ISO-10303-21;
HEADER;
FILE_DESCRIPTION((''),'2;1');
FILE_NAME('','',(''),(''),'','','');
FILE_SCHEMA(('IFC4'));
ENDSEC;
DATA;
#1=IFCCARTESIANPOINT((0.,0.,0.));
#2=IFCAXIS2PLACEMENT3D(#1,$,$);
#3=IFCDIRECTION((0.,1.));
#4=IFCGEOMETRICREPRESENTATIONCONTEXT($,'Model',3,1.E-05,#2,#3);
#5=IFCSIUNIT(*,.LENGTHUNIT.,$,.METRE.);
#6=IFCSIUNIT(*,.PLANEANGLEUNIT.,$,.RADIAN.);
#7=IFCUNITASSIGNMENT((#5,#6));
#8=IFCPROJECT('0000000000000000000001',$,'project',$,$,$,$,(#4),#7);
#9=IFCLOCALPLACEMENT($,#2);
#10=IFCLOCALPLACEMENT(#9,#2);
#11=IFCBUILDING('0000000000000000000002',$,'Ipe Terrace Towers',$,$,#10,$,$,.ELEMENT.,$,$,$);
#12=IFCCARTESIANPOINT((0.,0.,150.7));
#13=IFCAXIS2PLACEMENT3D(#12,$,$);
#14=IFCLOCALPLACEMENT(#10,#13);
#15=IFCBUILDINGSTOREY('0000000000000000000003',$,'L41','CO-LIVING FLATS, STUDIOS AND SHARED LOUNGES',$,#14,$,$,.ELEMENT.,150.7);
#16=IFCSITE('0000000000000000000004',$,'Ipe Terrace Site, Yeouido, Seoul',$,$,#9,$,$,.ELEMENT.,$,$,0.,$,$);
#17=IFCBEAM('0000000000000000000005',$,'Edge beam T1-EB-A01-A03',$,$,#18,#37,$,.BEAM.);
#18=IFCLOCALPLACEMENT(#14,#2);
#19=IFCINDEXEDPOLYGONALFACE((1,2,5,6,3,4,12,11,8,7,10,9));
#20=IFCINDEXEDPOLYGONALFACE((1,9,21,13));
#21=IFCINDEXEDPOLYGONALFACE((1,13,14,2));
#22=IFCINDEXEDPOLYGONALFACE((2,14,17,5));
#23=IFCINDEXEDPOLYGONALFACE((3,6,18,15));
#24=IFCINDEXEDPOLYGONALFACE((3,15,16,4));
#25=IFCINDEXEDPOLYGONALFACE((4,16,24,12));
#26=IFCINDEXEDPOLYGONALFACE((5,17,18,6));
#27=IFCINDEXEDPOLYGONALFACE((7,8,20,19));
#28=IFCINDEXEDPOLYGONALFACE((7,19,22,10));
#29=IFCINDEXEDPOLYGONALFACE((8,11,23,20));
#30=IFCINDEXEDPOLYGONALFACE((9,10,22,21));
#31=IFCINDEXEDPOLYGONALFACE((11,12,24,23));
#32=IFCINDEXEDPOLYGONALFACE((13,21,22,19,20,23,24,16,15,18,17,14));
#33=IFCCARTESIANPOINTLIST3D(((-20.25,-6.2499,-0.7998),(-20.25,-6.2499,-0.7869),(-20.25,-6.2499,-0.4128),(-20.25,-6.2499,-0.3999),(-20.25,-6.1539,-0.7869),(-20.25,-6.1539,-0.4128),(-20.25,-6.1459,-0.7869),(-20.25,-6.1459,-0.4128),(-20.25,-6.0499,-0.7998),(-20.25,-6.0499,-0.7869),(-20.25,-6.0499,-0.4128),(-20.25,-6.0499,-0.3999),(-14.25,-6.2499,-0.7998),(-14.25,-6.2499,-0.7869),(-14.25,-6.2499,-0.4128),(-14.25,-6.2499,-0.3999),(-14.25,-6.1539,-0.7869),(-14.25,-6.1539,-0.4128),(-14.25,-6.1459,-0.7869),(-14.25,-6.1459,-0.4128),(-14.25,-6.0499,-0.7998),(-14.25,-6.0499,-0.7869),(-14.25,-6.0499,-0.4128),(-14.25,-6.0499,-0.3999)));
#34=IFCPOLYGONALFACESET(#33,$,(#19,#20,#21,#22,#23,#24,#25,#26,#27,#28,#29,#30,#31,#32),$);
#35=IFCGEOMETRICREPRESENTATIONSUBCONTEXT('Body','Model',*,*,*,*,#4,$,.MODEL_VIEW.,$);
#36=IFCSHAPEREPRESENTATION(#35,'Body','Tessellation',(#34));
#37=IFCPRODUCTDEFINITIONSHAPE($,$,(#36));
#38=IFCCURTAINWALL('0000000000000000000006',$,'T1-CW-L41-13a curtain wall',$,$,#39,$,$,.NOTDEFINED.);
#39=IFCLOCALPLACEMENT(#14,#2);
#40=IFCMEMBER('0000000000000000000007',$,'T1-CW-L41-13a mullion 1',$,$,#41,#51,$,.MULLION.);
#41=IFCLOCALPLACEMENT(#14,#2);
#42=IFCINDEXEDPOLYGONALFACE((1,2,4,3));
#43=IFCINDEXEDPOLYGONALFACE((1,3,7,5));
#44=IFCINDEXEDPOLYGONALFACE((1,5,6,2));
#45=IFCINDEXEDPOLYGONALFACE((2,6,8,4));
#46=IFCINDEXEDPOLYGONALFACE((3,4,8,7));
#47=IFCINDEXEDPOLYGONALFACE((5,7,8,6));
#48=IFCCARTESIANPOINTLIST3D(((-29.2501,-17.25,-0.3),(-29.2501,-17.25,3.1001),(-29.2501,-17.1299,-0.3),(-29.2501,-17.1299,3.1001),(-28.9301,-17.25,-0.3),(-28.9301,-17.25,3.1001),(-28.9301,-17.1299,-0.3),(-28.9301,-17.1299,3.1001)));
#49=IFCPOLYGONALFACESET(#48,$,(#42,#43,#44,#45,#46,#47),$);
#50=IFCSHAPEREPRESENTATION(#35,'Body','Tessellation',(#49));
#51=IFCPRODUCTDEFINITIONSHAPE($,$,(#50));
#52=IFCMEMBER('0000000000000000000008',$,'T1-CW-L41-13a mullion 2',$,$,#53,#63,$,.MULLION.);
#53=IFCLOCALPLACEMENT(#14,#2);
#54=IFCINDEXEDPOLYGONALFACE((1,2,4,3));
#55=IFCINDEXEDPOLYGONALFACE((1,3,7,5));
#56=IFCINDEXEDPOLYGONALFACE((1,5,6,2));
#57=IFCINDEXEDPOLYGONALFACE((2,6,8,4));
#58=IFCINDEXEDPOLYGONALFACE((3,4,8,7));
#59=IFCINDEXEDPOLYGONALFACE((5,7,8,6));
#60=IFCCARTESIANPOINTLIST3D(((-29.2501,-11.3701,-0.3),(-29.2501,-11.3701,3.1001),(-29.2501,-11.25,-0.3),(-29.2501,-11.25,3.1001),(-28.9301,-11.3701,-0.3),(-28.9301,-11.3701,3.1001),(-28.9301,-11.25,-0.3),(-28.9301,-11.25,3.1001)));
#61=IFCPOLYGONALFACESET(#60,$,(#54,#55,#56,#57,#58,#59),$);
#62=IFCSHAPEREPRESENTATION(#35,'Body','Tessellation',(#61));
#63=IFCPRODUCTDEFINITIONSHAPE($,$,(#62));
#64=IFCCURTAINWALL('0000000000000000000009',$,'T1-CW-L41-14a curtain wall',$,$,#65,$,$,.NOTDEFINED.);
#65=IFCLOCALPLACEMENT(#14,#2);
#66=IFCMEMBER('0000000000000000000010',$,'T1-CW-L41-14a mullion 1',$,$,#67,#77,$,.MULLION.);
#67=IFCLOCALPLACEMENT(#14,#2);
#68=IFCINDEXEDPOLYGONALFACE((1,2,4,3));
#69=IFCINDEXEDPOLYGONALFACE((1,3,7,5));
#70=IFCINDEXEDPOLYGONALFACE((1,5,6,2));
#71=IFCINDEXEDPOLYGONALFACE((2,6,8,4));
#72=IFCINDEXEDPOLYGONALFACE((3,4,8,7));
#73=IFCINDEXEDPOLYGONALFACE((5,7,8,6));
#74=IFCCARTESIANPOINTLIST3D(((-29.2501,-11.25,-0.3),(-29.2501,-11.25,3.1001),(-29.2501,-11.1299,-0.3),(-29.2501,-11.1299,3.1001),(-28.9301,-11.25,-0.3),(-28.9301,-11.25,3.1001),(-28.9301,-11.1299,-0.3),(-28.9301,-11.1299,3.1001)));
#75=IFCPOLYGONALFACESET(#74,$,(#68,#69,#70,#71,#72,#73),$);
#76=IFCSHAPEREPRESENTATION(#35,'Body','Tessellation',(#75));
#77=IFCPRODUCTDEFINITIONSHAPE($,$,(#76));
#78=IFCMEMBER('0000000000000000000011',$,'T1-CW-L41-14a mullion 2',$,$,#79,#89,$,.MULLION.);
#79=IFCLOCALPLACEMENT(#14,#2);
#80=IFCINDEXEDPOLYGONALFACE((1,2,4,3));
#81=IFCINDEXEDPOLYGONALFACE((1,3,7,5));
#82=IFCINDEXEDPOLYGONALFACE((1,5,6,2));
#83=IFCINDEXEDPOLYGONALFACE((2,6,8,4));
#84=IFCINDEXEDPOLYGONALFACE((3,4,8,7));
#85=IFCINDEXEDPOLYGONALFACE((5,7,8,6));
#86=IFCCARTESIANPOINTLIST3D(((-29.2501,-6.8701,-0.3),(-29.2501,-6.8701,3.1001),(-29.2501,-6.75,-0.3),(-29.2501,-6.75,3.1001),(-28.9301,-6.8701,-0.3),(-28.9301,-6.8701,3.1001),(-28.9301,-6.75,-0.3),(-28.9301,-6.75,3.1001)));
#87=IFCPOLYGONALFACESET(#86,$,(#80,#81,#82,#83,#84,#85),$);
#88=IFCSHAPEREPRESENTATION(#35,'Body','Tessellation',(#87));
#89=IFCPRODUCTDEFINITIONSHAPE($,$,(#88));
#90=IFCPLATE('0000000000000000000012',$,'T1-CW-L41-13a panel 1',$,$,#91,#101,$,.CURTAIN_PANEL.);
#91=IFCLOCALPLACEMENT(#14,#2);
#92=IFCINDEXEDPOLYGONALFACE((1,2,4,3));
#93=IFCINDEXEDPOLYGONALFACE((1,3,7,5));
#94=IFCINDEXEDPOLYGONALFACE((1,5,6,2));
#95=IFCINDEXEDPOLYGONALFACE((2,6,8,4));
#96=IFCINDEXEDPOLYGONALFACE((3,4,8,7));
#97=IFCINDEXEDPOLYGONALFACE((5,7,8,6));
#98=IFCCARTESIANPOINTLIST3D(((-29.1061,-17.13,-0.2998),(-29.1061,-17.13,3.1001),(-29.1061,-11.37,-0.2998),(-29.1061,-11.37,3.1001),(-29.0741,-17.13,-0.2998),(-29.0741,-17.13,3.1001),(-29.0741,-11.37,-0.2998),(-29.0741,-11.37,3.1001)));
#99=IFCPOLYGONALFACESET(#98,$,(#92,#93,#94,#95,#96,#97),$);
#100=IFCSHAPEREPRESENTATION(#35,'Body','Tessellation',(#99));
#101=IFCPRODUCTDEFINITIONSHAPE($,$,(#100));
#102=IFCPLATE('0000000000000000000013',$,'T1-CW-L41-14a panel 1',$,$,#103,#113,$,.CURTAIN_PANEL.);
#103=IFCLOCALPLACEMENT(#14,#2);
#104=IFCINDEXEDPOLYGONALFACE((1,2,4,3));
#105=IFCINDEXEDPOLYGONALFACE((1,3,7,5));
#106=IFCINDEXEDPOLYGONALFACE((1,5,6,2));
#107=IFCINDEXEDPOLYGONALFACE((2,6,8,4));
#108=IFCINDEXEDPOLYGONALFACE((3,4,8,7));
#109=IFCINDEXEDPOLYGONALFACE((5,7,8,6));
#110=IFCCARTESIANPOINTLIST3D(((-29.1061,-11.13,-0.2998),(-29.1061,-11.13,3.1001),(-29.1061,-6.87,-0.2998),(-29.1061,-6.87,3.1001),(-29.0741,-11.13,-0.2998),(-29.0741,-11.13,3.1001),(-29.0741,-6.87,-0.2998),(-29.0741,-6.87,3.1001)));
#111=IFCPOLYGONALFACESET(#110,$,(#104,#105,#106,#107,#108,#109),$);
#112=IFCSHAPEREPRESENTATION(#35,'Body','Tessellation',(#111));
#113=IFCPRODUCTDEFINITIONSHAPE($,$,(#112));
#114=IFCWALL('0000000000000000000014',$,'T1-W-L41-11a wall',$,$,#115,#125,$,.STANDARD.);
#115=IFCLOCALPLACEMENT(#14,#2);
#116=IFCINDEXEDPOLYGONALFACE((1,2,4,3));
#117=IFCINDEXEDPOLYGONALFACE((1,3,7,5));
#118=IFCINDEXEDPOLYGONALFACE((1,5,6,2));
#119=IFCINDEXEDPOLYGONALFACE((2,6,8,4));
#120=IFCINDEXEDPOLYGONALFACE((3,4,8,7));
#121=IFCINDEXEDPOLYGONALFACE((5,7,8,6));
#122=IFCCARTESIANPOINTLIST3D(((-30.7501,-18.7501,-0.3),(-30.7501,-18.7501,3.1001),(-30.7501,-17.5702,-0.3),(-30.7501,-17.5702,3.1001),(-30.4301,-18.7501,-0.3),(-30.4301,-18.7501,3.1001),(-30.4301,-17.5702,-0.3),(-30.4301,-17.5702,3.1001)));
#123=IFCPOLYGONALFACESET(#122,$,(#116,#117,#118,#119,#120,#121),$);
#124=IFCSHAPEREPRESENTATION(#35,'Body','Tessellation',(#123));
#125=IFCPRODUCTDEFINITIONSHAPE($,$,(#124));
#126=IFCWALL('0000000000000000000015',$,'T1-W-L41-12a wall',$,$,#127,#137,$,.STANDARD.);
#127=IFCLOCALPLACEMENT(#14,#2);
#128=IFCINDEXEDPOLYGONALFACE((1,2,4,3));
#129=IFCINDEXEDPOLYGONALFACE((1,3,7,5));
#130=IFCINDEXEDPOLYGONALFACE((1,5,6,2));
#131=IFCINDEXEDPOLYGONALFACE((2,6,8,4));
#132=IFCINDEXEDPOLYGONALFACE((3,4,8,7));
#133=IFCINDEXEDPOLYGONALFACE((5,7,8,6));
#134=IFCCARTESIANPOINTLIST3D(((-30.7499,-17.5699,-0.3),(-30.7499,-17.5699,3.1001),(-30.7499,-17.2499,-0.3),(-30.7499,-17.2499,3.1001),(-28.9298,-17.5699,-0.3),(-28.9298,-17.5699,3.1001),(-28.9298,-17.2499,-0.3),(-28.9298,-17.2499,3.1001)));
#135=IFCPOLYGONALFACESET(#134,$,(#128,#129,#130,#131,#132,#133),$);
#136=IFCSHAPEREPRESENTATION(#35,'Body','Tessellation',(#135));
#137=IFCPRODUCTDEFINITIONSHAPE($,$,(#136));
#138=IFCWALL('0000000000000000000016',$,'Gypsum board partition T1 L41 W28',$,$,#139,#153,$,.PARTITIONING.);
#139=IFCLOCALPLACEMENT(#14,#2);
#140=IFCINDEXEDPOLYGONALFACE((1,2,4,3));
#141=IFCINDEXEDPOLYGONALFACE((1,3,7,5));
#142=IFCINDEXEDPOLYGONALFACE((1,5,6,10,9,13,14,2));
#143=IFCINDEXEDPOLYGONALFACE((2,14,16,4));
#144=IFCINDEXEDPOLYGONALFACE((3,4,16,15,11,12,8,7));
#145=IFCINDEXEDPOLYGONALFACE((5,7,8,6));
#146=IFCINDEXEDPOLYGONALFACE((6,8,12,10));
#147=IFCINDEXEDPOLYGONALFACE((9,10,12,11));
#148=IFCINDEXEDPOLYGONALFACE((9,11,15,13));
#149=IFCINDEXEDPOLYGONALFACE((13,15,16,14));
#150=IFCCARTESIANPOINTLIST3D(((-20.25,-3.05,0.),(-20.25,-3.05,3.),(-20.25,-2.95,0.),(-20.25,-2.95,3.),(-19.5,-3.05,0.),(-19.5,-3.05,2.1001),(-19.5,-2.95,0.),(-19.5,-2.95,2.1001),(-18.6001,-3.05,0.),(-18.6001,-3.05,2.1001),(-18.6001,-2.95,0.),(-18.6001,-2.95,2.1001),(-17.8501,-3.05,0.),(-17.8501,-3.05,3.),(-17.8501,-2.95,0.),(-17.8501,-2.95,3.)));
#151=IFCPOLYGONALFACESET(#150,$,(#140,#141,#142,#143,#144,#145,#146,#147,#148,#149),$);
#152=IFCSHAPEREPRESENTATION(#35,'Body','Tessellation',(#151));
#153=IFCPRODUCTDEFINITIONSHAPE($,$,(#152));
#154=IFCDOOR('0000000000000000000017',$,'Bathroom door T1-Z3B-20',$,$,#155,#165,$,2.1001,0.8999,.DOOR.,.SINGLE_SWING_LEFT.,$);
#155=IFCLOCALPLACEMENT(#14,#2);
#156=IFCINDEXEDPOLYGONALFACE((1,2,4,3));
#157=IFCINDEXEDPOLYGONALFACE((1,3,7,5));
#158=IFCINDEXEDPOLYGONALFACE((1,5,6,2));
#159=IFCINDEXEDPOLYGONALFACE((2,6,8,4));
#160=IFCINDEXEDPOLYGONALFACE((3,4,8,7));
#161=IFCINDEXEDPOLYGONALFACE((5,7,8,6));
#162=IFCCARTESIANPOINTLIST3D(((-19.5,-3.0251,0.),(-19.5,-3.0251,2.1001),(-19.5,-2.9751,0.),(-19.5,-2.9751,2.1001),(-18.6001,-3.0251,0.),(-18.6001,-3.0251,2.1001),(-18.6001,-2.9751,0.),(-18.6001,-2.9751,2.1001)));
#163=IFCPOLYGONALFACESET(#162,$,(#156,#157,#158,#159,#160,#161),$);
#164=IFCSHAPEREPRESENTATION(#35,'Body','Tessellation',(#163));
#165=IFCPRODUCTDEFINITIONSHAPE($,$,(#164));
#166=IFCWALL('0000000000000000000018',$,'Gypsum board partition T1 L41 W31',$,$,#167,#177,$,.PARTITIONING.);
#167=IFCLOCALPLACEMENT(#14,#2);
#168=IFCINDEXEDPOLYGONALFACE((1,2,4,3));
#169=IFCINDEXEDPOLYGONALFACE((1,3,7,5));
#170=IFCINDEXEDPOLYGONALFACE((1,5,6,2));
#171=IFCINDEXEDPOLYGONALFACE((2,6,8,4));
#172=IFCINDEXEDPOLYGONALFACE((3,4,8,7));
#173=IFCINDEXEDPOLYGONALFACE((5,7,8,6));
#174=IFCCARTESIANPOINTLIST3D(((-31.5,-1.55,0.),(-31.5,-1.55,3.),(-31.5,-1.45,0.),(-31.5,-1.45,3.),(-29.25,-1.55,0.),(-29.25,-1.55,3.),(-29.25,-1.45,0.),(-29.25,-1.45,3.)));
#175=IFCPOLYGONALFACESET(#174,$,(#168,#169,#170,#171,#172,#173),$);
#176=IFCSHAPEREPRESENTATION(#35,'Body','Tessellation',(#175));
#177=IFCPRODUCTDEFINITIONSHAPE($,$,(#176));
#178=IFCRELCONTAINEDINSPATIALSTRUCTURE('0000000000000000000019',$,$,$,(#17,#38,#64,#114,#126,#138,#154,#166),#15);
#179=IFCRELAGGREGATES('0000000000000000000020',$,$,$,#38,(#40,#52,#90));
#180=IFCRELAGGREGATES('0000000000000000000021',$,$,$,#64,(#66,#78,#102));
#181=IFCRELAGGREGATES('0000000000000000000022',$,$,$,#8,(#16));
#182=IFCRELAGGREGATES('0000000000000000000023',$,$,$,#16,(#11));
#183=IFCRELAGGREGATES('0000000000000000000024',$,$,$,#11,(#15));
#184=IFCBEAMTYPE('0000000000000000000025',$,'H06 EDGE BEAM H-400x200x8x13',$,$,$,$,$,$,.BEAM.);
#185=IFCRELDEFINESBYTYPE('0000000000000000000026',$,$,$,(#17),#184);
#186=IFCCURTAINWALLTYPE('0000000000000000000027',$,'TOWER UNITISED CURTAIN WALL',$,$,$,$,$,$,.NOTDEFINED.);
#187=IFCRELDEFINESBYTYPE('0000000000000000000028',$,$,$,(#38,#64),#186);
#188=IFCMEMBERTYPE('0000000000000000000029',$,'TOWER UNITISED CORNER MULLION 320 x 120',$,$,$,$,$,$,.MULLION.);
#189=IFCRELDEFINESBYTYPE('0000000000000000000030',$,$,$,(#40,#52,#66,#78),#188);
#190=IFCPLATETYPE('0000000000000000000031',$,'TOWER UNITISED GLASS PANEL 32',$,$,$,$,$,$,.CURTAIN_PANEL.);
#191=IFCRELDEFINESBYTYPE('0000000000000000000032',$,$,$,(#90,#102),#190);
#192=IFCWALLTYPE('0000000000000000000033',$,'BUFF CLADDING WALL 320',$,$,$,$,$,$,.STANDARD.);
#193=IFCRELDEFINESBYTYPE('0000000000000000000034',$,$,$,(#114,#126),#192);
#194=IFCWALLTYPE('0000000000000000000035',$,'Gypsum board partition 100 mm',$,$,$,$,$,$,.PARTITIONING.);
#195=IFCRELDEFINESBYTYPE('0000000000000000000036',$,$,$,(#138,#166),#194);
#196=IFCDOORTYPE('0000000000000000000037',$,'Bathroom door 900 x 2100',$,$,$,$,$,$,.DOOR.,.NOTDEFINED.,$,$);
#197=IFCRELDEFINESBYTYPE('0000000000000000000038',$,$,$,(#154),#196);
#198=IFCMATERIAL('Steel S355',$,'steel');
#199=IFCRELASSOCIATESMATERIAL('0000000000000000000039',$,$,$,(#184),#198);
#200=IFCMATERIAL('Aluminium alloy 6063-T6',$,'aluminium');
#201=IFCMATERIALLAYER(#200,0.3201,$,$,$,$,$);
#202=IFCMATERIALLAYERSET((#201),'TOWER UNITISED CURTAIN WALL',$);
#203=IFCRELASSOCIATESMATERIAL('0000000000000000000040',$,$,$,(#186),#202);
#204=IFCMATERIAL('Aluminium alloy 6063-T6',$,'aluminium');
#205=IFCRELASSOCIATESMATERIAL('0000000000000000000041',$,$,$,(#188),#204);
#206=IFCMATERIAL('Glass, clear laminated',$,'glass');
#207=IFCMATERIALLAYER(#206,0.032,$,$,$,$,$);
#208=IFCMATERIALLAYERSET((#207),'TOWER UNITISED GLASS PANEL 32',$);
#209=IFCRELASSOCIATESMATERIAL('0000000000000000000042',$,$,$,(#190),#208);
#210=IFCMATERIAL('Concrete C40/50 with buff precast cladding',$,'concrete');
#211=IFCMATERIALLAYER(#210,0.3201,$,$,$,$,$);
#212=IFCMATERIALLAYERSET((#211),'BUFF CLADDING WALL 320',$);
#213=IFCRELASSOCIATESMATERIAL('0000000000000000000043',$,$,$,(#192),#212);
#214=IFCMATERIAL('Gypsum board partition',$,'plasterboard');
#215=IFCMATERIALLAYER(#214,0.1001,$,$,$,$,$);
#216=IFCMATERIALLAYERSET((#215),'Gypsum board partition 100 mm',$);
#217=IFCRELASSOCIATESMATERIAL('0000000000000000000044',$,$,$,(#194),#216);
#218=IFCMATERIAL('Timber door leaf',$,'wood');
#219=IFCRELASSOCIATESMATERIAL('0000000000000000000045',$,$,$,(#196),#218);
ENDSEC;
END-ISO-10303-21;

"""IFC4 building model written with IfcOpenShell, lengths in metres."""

from ifc_helpers import new_model, si_unit, direction, frame, frame_2d, origin, origin_2d, place, context, subcontext, project, spatial, rectangle, i_section, extrude, material, layer, layer_set, material_profile, profile_set, type_object, element, fill, aggregate, save


model = new_model("IFC4")

# Units and contexts
model_context = context("Model", 3, precision=1e-05, world=origin(), true_north=direction((0.0, 1.0)))
body_context = subcontext(model_context, "Body", "Model", "MODEL_VIEW")
ifc_project = project(units=[si_unit("LENGTHUNIT", "METRE"), si_unit("PLANEANGLEUNIT", "RADIAN")], contexts=[model_context])

# Site, building, storey
site_placement = place(None, origin())
site = spatial("IfcSite", under=ifc_project, at=site_placement, Name="Ipe Terrace Site, Yeouido, Seoul", CompositionType="ELEMENT", RefElevation=0.0)
building_placement = place(site_placement, origin())
building = spatial("IfcBuilding", under=site, at=building_placement, Name="Ipe Terrace Towers", CompositionType="ELEMENT")
storey_placement = place(building_placement, frame((0.0, 0.0, 150.7)))
storey = spatial("IfcBuildingStorey", under=building, at=storey_placement, Name="L41", Description="CO-LIVING FLATS, STUDIOS AND SHARED LOUNGES", CompositionType="ELEMENT", Elevation=150.7)

# Beam
ifc_material_1 = material(Name="Steel S355", Category="steel")
ifc_material_profile_1 = material_profile(ifc_material_1, i_section(OverallWidth=0.2, OverallDepth=0.3999, WebThickness=0.0081, FlangeThickness=0.0129, at=origin_2d()), Name="H-400x200x8x13")
ifc_profile_set_1 = profile_set([ifc_material_profile_1], Name="Steel S355")
beam_type_1 = type_object("IfcBeamType", Name="H06 EDGE BEAM H-400x200x8x13", PredefinedType="BEAM", material=ifc_profile_set_1)
beam_1_placement = place(storey_placement, frame((-20.25, -6.1499, -0.5999), z_axis=(1.0, 0.0, 0.0), x_axis=(0.0, 1.0, 0.0)))
element("IfcBeam", 1, at=beam_1_placement, inside=storey, type_object=beam_type_1, Name="Edge beam T1-EB-A01-A03", PredefinedType="BEAM", context=body_context, shape_type="SweptSolid", body=[
    extrude(i_section(OverallWidth=0.2, OverallDepth=0.3999, WebThickness=0.0081, FlangeThickness=0.0129, at=origin_2d()), origin(), (0.0, 0.0, 1.0), 6.0),
])

# Curtain walls, members
ifc_material_2 = material(Name="Aluminium alloy 6063-T6", Category="aluminium")
ifc_layer_1 = layer(ifc_material_2, 0.3201)
ifc_layer_set_1 = layer_set([ifc_layer_1], Name="TOWER UNITISED CURTAIN WALL")
curtain_wall_type = type_object("IfcCurtainWallType", Name="TOWER UNITISED CURTAIN WALL", PredefinedType="NOTDEFINED", material=ifc_layer_set_1)
curtain_wall_1_placement = place(storey_placement, origin())
curtain_wall_1 = element("IfcCurtainWall", 2, at=curtain_wall_1_placement, inside=storey, type_object=curtain_wall_type, Name="T1-CW-L41-13a curtain wall", PredefinedType="NOTDEFINED")
ifc_material_3 = material(Name="Aluminium alloy 6063-T6", Category="aluminium")
ifc_material_profile_2 = material_profile(ifc_material_3, rectangle(XDim=0.3201, YDim=0.1201, at=origin_2d()), Name="TOWER UNITISED CORNER MULLION 320 x 120")
ifc_profile_set_2 = profile_set([ifc_material_profile_2], Name="Aluminium alloy 6063-T6")
member_type = type_object("IfcMemberType", Name="TOWER UNITISED CORNER MULLION 320 x 120", PredefinedType="MULLION", material=ifc_profile_set_2)
member_1_placement = place(storey_placement, frame((-29.0901, -17.1899, -0.3), z_axis=(0.0, 0.0, 1.0), x_axis=(1.0, 0.0, 0.0)))
member_1 = element("IfcMember", 3, at=member_1_placement, type_object=member_type, Name="T1-CW-L41-13a mullion 1", PredefinedType="MULLION", context=body_context, shape_type="SweptSolid", body=[
    extrude(rectangle(XDim=0.3201, YDim=0.1201, at=origin_2d()), origin(), (0.0, 0.0, 1.0), 3.4001),
])
member_2_placement = place(storey_placement, frame((-29.0901, -11.3101, -0.3), z_axis=(0.0, 0.0, 1.0), x_axis=(1.0, 0.0, 0.0)))
member_2 = element("IfcMember", 4, at=member_2_placement, type_object=member_type, Name="T1-CW-L41-13a mullion 2", PredefinedType="MULLION", context=body_context, shape_type="SweptSolid", body=[
    extrude(rectangle(XDim=0.3201, YDim=0.1201, at=origin_2d()), origin(), (0.0, 0.0, 1.0), 3.4001),
])
curtain_wall_2_placement = place(storey_placement, origin())
curtain_wall_2 = element("IfcCurtainWall", 5, at=curtain_wall_2_placement, inside=storey, type_object=curtain_wall_type, Name="T1-CW-L41-14a curtain wall", PredefinedType="NOTDEFINED")
member_3_placement = place(storey_placement, frame((-29.0901, -11.1899, -0.3), z_axis=(0.0, 0.0, 1.0), x_axis=(1.0, 0.0, 0.0)))
member_3 = element("IfcMember", 6, at=member_3_placement, type_object=member_type, Name="T1-CW-L41-14a mullion 1", PredefinedType="MULLION", context=body_context, shape_type="SweptSolid", body=[
    extrude(rectangle(XDim=0.3201, YDim=0.1201, at=origin_2d()), origin(), (0.0, 0.0, 1.0), 3.4001),
])
member_4_placement = place(storey_placement, frame((-29.0901, -6.8101, -0.3), z_axis=(0.0, 0.0, 1.0), x_axis=(1.0, 0.0, 0.0)))
member_4 = element("IfcMember", 7, at=member_4_placement, type_object=member_type, Name="T1-CW-L41-14a mullion 2", PredefinedType="MULLION", context=body_context, shape_type="SweptSolid", body=[
    extrude(rectangle(XDim=0.3201, YDim=0.1201, at=origin_2d()), origin(), (0.0, 0.0, 1.0), 3.4001),
])

# Plates
ifc_material_4 = material(Name="Glass, clear laminated", Category="glass")
ifc_layer_2 = layer(ifc_material_4, 0.032)
ifc_layer_set_2 = layer_set([ifc_layer_2], Name="TOWER UNITISED GLASS PANEL 32")
plate_type = type_object("IfcPlateType", Name="TOWER UNITISED GLASS PANEL 32", PredefinedType="CURTAIN_PANEL", material=ifc_layer_set_2)
plate_1_placement = place(storey_placement, frame((-29.0901, -14.25, -0.2998), z_axis=(0.0, 0.0, 1.0), x_axis=(0.0, 1.0, 0.0)))
plate_1 = element("IfcPlate", 8, at=plate_1_placement, type_object=plate_type, Name="T1-CW-L41-13a panel 1", PredefinedType="CURTAIN_PANEL", context=body_context, shape_type="SweptSolid", body=[
    extrude(rectangle(XDim=5.76, YDim=0.032, at=origin_2d()), origin(), (0.0, 0.0, 1.0), 3.3999),
])
aggregate(curtain_wall_1, [member_1, member_2, plate_1])
plate_2_placement = place(storey_placement, frame((-29.0901, -9.0, -0.2998), z_axis=(0.0, 0.0, 1.0), x_axis=(0.0, 1.0, 0.0)))
plate_2 = element("IfcPlate", 9, at=plate_2_placement, type_object=plate_type, Name="T1-CW-L41-14a panel 1", PredefinedType="CURTAIN_PANEL", context=body_context, shape_type="SweptSolid", body=[
    extrude(rectangle(XDim=4.26, YDim=0.032, at=origin_2d()), origin(), (0.0, 0.0, 1.0), 3.3999),
])
aggregate(curtain_wall_2, [member_3, member_4, plate_2])

# Walls
ifc_material_5 = material(Name="Concrete C40/50 with buff precast cladding", Category="concrete")
ifc_layer_3 = layer(ifc_material_5, 0.3201)
ifc_layer_set_3 = layer_set([ifc_layer_3], Name="BUFF CLADDING WALL 320")
wall_type_1 = type_object("IfcWallType", Name="BUFF CLADDING WALL 320", PredefinedType="STANDARD", material=ifc_layer_set_3)
wall_1_placement = place(storey_placement, frame((-30.5901, -18.75, -0.3), z_axis=(0.0, 0.0, 1.0), x_axis=(0.0, 1.0, 0.0)))
element("IfcWall", 10, at=wall_1_placement, inside=storey, type_object=wall_type_1, Name="T1-W-L41-11a wall", PredefinedType="STANDARD", context=body_context, shape_type="SweptSolid", body=[
    extrude(rectangle(XDim=1.1799, YDim=0.3201, at=frame_2d((0.5898, 0.0))), origin(), (0.0, 0.0, 1.0), 3.4001),
])
wall_2_placement = place(storey_placement, frame((-30.75, -17.4099, -0.3), z_axis=(0.0, 0.0, 1.0), x_axis=(1.0, 0.0, 0.0)))
element("IfcWall", 11, at=wall_2_placement, inside=storey, type_object=wall_type_1, Name="T1-W-L41-12a wall", PredefinedType="STANDARD", context=body_context, shape_type="SweptSolid", body=[
    extrude(rectangle(XDim=1.8201, YDim=0.3201, at=frame_2d((0.9102, 0.0))), origin(), (0.0, 0.0, 1.0), 3.4001),
])

# Wall, opening, door
ifc_material_6 = material(Name="Gypsum board partition", Category="plasterboard")
ifc_layer_4 = layer(ifc_material_6, 0.1001)
ifc_layer_set_4 = layer_set([ifc_layer_4], Name="Gypsum board partition 100 mm")
wall_type_2 = type_object("IfcWallType", Name="Gypsum board partition 100 mm", PredefinedType="PARTITIONING", material=ifc_layer_set_4)
wall_3_placement = place(storey_placement, frame((-20.25, -3.0, 0.0), z_axis=(0.0, 0.0, 1.0), x_axis=(1.0, 0.0, 0.0)))
wall_3 = element("IfcWall", 12, at=wall_3_placement, inside=storey, type_object=wall_type_2, Name="Gypsum board partition T1 L41 W28", PredefinedType="PARTITIONING", context=body_context, shape_type="SweptSolid", body=[
    extrude(rectangle(XDim=2.3999, YDim=0.1001, at=frame_2d((1.2, 0.0))), origin(), (0.0, 0.0, 1.0), 3.0),
])
opening_1_placement = place(wall_3_placement, frame((0.75, 0.0, 0.0)))
opening_1 = element("IfcOpeningElement", 13, at=opening_1_placement, cuts=wall_3, PredefinedType="OPENING", context=body_context, shape_type="SweptSolid", body=[
    extrude(rectangle(XDim=0.8999, YDim=2.1001, at=frame_2d((0.45, 1.05))), frame((0.0, 0.0601, 0.0), z_axis=(0.0, -1.0, 0.0), x_axis=(1.0, 0.0, 0.0)), (0.0, 0.0, 1.0), 0.1201),
])
ifc_material_7 = material(Name="Timber door leaf", Category="wood")
door_type_1 = type_object("IfcDoorType", Name="Bathroom door 900 x 2100", OperationType="NOTDEFINED", PredefinedType="DOOR", material=ifc_material_7)
door_1_placement = place(opening_1_placement, origin())
door_1 = element("IfcDoor", 14, at=door_1_placement, inside=storey, type_object=door_type_1, Name="Bathroom door T1-Z3B-20", OperationType="SINGLE_SWING_LEFT", OverallHeight=2.1001, OverallWidth=0.8999, PredefinedType="DOOR", context=body_context, shape_type="SweptSolid", body=[
    extrude(rectangle(XDim=0.8999, YDim=2.1001, at=frame_2d((0.45, 1.05))), frame((0.0, 0.0249, 0.0), z_axis=(0.0, -1.0, 0.0), x_axis=(1.0, 0.0, 0.0)), (0.0, 0.0, 1.0), 0.05),
])
fill(opening_1, door_1)

# Wall
wall_4_placement = place(storey_placement, frame((-31.5, -1.5, 0.0), z_axis=(0.0, 0.0, 1.0), x_axis=(1.0, 0.0, 0.0)))
element("IfcWall", 15, at=wall_4_placement, inside=storey, type_object=wall_type_2, Name="Gypsum board partition T1 L41 W31", PredefinedType="PARTITIONING", context=body_context, shape_type="SweptSolid", body=[
    extrude(rectangle(XDim=2.25, YDim=0.1001, at=frame_2d((1.125, 0.0))), origin(), (0.0, 0.0, 1.0), 3.0),
])

save(model, "model.ifc")
